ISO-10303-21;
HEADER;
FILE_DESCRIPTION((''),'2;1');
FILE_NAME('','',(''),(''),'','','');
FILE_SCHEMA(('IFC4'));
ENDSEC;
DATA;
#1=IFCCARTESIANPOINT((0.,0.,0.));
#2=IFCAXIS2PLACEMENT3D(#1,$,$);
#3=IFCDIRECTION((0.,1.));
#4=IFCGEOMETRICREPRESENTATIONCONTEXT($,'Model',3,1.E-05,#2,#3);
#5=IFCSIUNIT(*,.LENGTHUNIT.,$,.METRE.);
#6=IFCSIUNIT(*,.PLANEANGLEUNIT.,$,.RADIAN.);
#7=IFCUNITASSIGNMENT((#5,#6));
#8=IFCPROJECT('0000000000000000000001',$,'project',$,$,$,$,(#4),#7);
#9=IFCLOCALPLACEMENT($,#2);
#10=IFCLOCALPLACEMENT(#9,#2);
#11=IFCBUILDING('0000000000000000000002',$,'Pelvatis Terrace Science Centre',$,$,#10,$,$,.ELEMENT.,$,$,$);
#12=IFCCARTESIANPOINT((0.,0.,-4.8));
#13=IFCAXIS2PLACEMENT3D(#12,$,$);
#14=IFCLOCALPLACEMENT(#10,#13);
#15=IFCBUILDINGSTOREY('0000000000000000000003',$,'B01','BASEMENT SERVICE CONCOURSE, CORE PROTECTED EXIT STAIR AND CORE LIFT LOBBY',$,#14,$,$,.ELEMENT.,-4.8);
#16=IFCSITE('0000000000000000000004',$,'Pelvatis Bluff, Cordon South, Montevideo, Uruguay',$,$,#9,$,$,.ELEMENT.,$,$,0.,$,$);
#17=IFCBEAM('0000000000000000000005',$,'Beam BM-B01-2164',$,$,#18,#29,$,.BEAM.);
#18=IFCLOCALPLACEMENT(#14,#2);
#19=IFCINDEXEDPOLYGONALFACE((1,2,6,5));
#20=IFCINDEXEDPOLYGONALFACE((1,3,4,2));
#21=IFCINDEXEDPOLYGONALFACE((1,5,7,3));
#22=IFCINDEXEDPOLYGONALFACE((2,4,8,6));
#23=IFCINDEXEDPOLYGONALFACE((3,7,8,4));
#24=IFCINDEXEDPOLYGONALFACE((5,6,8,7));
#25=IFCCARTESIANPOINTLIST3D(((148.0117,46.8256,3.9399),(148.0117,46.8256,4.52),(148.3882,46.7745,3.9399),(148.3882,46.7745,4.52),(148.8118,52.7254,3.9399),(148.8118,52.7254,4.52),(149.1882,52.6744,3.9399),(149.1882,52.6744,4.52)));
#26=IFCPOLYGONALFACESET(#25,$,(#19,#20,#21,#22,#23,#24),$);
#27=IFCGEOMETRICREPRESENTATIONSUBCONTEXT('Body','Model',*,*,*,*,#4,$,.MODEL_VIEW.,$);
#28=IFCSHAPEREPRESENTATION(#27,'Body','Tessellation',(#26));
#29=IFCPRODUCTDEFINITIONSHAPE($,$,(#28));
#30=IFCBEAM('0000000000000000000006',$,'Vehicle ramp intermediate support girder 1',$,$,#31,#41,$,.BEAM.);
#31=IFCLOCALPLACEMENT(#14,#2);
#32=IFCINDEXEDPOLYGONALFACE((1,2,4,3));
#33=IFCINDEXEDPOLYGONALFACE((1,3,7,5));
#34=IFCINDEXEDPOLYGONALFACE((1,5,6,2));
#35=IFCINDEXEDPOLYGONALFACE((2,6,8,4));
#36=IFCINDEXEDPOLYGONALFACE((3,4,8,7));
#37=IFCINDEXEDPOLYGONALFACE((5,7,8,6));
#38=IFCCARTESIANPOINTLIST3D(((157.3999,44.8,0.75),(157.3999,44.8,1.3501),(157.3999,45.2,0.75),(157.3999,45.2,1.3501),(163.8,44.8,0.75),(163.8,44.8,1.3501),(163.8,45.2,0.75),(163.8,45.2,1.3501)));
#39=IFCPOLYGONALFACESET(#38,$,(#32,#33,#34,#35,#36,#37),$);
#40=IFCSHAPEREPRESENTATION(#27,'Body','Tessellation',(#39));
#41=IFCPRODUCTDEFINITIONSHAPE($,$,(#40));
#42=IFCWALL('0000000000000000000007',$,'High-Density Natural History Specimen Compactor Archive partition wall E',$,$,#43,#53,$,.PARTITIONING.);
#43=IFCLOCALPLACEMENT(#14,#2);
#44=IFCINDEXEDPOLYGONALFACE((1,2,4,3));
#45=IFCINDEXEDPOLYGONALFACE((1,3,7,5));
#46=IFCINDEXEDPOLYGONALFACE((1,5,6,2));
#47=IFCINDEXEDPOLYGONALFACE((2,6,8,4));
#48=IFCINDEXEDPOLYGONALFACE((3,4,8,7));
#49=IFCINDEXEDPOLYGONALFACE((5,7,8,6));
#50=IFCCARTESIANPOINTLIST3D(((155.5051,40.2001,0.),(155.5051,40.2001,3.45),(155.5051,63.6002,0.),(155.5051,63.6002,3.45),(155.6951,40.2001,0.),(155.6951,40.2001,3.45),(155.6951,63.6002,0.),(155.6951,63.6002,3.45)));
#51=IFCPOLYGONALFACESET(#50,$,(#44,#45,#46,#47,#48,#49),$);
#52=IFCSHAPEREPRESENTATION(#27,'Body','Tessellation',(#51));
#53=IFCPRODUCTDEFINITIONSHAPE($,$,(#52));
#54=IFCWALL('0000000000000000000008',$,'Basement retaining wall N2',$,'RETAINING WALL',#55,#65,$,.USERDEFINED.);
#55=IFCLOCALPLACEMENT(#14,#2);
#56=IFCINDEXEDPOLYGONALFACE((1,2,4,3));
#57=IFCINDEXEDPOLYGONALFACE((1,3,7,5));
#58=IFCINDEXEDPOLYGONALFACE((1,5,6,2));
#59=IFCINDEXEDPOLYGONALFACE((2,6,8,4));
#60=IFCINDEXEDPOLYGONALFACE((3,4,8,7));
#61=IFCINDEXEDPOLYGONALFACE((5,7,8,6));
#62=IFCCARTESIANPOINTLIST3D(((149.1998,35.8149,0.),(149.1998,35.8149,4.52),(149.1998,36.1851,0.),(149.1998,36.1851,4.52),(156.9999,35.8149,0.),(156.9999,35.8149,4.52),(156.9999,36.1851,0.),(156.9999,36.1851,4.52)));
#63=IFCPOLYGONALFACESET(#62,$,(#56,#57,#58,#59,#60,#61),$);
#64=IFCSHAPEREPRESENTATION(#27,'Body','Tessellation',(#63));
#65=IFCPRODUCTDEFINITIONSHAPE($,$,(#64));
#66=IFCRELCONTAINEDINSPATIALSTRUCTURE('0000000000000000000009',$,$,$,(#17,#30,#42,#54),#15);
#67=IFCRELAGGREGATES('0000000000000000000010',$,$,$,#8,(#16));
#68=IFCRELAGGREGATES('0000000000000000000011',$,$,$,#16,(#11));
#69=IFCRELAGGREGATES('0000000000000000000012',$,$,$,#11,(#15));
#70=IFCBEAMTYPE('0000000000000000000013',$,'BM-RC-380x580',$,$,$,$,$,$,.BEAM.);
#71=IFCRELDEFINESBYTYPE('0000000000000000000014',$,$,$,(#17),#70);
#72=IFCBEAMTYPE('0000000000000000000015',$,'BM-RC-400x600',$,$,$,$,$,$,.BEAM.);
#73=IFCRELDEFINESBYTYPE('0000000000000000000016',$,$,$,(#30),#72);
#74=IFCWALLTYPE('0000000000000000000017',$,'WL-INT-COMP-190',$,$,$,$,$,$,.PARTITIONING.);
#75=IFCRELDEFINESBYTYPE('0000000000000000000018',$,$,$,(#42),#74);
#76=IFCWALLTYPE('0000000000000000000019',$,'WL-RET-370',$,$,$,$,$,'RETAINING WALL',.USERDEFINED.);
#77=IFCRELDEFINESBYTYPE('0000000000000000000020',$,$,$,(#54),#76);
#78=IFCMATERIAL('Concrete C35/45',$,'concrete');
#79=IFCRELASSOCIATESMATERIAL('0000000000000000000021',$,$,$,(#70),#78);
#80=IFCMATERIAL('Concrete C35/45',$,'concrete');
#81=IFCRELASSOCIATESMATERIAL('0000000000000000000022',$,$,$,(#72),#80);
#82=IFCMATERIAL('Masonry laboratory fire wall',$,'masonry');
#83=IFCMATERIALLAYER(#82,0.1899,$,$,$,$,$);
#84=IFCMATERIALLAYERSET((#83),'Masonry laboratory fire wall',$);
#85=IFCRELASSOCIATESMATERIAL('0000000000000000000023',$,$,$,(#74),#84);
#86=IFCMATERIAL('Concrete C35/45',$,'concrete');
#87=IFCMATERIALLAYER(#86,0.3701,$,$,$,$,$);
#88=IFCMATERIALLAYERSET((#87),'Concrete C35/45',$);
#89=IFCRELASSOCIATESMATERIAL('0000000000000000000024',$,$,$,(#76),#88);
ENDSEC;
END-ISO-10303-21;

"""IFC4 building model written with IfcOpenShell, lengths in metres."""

from ifc_helpers import new_model, si_unit, direction, frame, frame_2d, origin, origin_2d, place, context, subcontext, project, spatial, rectangle, extrude, material, layer, layer_set, material_profile, profile_set, type_object, element, save


model = new_model("IFC4")

# Units and contexts
model_context = context("Model", 3, precision=1e-05, world=origin(), true_north=direction((0.0, 1.0)))
body_context = subcontext(model_context, "Body", "Model", "MODEL_VIEW")
ifc_project = project(units=[si_unit("LENGTHUNIT", "METRE"), si_unit("PLANEANGLEUNIT", "RADIAN")], contexts=[model_context])

# Site, building, storey
site_placement = place(None, origin())
site = spatial("IfcSite", under=ifc_project, at=site_placement, Name="Pelvatis Bluff, Cordon South, Montevideo, Uruguay", CompositionType="ELEMENT", RefElevation=0.0)
building_placement = place(site_placement, origin())
building = spatial("IfcBuilding", under=site, at=building_placement, Name="Pelvatis Terrace Science Centre", CompositionType="ELEMENT")
storey_placement = place(building_placement, frame((0.0, 0.0, -4.8)))
storey = spatial("IfcBuildingStorey", under=building, at=storey_placement, Name="B01", Description="BASEMENT SERVICE CONCOURSE, CORE PROTECTED EXIT STAIR AND CORE LIFT LOBBY", CompositionType="ELEMENT", Elevation=-4.8)

# Beams
ifc_material_1 = material(Name="Concrete C35/45", Category="concrete")
ifc_material_profile_1 = material_profile(ifc_material_1, rectangle(XDim=0.3799, YDim=0.5801, at=origin_2d()), Name="RC-BM 380x580")
ifc_profile_set_1 = profile_set([ifc_material_profile_1], Name="Concrete C35/45")
beam_type_1 = type_object("IfcBeamType", Name="BM-RC-380x580", PredefinedType="BEAM", material=ifc_profile_set_1)
beam_1_placement = place(storey_placement, frame((148.2, 46.8, 4.23), z_axis=(0.134374, 0.990931, 0.0), x_axis=(-0.990931, 0.134374, 0.0)))
element("IfcBeam", 1, at=beam_1_placement, inside=storey, type_object=beam_type_1, Name="Beam BM-B01-2164", PredefinedType="BEAM", context=body_context, shape_type="SweptSolid", body=[
    extrude(rectangle(XDim=0.3799, YDim=0.5801, at=origin_2d()), origin(), (0.0, 0.0, 1.0), 5.9539),
])
ifc_material_2 = material(Name="Concrete C35/45", Category="concrete")
ifc_material_profile_2 = material_profile(ifc_material_2, rectangle(XDim=0.3999, YDim=0.6001, at=origin_2d()), Name="RC-BM 400x600")
ifc_profile_set_2 = profile_set([ifc_material_profile_2], Name="Concrete C35/45")
beam_type_2 = type_object("IfcBeamType", Name="BM-RC-400x600", PredefinedType="BEAM", material=ifc_profile_set_2)
beam_2_placement = place(storey_placement, frame((157.3999, 45.0, 1.05), z_axis=(1.0, 0.0, 0.0), x_axis=(0.0, 1.0, 0.0)))
element("IfcBeam", 2, at=beam_2_placement, inside=storey, type_object=beam_type_2, Name="Vehicle ramp intermediate support girder 1", PredefinedType="BEAM", context=body_context, shape_type="SweptSolid", body=[
    extrude(rectangle(XDim=0.3999, YDim=0.6001, at=origin_2d()), origin(), (0.0, 0.0, 1.0), 6.4001),
])

# Walls
ifc_material_3 = material(Name="Masonry laboratory fire wall", Category="masonry")
ifc_layer_1 = layer(ifc_material_3, 0.1899)
ifc_layer_set_1 = layer_set([ifc_layer_1], Name="Masonry laboratory fire wall")
wall_type_1 = type_object("IfcWallType", Name="WL-INT-COMP-190", PredefinedType="PARTITIONING", material=ifc_layer_set_1)
wall_1_placement = place(storey_placement, frame((155.6001, 40.2, 0.0), z_axis=(0.0, 0.0, 1.0), x_axis=(0.0, 1.0, 0.0)))
element("IfcWall", 3, at=wall_1_placement, inside=storey, type_object=wall_type_1, Name="High-Density Natural History Specimen Compactor Archive partition wall E", PredefinedType="PARTITIONING", context=body_context, shape_type="SweptSolid", body=[
    extrude(rectangle(XDim=23.4001, YDim=0.1899, at=frame_2d((11.7002, 0.0))), origin(), (0.0, 0.0, 1.0), 3.45),
])
ifc_material_4 = material(Name="Concrete C35/45", Category="concrete")
ifc_layer_2 = layer(ifc_material_4, 0.3701)
ifc_layer_set_2 = layer_set([ifc_layer_2], Name="Concrete C35/45")
wall_type_2 = type_object("IfcWallType", Name="WL-RET-370", ElementType="RETAINING WALL", PredefinedType="USERDEFINED", material=ifc_layer_set_2)
wall_2_placement = place(storey_placement, frame((149.2, 36.0, 0.0), z_axis=(0.0, 0.0, 1.0), x_axis=(1.0, 0.0, 0.0)))
element("IfcWall", 4, at=wall_2_placement, inside=storey, type_object=wall_type_2, Name="Basement retaining wall N2", ObjectType="RETAINING WALL", PredefinedType="USERDEFINED", context=body_context, shape_type="SweptSolid", body=[
    extrude(rectangle(XDim=7.8, YDim=0.3701, at=frame_2d((3.8999, 0.0))), origin(), (0.0, 0.0, 1.0), 4.52),
])

save(model, "model.ifc")
